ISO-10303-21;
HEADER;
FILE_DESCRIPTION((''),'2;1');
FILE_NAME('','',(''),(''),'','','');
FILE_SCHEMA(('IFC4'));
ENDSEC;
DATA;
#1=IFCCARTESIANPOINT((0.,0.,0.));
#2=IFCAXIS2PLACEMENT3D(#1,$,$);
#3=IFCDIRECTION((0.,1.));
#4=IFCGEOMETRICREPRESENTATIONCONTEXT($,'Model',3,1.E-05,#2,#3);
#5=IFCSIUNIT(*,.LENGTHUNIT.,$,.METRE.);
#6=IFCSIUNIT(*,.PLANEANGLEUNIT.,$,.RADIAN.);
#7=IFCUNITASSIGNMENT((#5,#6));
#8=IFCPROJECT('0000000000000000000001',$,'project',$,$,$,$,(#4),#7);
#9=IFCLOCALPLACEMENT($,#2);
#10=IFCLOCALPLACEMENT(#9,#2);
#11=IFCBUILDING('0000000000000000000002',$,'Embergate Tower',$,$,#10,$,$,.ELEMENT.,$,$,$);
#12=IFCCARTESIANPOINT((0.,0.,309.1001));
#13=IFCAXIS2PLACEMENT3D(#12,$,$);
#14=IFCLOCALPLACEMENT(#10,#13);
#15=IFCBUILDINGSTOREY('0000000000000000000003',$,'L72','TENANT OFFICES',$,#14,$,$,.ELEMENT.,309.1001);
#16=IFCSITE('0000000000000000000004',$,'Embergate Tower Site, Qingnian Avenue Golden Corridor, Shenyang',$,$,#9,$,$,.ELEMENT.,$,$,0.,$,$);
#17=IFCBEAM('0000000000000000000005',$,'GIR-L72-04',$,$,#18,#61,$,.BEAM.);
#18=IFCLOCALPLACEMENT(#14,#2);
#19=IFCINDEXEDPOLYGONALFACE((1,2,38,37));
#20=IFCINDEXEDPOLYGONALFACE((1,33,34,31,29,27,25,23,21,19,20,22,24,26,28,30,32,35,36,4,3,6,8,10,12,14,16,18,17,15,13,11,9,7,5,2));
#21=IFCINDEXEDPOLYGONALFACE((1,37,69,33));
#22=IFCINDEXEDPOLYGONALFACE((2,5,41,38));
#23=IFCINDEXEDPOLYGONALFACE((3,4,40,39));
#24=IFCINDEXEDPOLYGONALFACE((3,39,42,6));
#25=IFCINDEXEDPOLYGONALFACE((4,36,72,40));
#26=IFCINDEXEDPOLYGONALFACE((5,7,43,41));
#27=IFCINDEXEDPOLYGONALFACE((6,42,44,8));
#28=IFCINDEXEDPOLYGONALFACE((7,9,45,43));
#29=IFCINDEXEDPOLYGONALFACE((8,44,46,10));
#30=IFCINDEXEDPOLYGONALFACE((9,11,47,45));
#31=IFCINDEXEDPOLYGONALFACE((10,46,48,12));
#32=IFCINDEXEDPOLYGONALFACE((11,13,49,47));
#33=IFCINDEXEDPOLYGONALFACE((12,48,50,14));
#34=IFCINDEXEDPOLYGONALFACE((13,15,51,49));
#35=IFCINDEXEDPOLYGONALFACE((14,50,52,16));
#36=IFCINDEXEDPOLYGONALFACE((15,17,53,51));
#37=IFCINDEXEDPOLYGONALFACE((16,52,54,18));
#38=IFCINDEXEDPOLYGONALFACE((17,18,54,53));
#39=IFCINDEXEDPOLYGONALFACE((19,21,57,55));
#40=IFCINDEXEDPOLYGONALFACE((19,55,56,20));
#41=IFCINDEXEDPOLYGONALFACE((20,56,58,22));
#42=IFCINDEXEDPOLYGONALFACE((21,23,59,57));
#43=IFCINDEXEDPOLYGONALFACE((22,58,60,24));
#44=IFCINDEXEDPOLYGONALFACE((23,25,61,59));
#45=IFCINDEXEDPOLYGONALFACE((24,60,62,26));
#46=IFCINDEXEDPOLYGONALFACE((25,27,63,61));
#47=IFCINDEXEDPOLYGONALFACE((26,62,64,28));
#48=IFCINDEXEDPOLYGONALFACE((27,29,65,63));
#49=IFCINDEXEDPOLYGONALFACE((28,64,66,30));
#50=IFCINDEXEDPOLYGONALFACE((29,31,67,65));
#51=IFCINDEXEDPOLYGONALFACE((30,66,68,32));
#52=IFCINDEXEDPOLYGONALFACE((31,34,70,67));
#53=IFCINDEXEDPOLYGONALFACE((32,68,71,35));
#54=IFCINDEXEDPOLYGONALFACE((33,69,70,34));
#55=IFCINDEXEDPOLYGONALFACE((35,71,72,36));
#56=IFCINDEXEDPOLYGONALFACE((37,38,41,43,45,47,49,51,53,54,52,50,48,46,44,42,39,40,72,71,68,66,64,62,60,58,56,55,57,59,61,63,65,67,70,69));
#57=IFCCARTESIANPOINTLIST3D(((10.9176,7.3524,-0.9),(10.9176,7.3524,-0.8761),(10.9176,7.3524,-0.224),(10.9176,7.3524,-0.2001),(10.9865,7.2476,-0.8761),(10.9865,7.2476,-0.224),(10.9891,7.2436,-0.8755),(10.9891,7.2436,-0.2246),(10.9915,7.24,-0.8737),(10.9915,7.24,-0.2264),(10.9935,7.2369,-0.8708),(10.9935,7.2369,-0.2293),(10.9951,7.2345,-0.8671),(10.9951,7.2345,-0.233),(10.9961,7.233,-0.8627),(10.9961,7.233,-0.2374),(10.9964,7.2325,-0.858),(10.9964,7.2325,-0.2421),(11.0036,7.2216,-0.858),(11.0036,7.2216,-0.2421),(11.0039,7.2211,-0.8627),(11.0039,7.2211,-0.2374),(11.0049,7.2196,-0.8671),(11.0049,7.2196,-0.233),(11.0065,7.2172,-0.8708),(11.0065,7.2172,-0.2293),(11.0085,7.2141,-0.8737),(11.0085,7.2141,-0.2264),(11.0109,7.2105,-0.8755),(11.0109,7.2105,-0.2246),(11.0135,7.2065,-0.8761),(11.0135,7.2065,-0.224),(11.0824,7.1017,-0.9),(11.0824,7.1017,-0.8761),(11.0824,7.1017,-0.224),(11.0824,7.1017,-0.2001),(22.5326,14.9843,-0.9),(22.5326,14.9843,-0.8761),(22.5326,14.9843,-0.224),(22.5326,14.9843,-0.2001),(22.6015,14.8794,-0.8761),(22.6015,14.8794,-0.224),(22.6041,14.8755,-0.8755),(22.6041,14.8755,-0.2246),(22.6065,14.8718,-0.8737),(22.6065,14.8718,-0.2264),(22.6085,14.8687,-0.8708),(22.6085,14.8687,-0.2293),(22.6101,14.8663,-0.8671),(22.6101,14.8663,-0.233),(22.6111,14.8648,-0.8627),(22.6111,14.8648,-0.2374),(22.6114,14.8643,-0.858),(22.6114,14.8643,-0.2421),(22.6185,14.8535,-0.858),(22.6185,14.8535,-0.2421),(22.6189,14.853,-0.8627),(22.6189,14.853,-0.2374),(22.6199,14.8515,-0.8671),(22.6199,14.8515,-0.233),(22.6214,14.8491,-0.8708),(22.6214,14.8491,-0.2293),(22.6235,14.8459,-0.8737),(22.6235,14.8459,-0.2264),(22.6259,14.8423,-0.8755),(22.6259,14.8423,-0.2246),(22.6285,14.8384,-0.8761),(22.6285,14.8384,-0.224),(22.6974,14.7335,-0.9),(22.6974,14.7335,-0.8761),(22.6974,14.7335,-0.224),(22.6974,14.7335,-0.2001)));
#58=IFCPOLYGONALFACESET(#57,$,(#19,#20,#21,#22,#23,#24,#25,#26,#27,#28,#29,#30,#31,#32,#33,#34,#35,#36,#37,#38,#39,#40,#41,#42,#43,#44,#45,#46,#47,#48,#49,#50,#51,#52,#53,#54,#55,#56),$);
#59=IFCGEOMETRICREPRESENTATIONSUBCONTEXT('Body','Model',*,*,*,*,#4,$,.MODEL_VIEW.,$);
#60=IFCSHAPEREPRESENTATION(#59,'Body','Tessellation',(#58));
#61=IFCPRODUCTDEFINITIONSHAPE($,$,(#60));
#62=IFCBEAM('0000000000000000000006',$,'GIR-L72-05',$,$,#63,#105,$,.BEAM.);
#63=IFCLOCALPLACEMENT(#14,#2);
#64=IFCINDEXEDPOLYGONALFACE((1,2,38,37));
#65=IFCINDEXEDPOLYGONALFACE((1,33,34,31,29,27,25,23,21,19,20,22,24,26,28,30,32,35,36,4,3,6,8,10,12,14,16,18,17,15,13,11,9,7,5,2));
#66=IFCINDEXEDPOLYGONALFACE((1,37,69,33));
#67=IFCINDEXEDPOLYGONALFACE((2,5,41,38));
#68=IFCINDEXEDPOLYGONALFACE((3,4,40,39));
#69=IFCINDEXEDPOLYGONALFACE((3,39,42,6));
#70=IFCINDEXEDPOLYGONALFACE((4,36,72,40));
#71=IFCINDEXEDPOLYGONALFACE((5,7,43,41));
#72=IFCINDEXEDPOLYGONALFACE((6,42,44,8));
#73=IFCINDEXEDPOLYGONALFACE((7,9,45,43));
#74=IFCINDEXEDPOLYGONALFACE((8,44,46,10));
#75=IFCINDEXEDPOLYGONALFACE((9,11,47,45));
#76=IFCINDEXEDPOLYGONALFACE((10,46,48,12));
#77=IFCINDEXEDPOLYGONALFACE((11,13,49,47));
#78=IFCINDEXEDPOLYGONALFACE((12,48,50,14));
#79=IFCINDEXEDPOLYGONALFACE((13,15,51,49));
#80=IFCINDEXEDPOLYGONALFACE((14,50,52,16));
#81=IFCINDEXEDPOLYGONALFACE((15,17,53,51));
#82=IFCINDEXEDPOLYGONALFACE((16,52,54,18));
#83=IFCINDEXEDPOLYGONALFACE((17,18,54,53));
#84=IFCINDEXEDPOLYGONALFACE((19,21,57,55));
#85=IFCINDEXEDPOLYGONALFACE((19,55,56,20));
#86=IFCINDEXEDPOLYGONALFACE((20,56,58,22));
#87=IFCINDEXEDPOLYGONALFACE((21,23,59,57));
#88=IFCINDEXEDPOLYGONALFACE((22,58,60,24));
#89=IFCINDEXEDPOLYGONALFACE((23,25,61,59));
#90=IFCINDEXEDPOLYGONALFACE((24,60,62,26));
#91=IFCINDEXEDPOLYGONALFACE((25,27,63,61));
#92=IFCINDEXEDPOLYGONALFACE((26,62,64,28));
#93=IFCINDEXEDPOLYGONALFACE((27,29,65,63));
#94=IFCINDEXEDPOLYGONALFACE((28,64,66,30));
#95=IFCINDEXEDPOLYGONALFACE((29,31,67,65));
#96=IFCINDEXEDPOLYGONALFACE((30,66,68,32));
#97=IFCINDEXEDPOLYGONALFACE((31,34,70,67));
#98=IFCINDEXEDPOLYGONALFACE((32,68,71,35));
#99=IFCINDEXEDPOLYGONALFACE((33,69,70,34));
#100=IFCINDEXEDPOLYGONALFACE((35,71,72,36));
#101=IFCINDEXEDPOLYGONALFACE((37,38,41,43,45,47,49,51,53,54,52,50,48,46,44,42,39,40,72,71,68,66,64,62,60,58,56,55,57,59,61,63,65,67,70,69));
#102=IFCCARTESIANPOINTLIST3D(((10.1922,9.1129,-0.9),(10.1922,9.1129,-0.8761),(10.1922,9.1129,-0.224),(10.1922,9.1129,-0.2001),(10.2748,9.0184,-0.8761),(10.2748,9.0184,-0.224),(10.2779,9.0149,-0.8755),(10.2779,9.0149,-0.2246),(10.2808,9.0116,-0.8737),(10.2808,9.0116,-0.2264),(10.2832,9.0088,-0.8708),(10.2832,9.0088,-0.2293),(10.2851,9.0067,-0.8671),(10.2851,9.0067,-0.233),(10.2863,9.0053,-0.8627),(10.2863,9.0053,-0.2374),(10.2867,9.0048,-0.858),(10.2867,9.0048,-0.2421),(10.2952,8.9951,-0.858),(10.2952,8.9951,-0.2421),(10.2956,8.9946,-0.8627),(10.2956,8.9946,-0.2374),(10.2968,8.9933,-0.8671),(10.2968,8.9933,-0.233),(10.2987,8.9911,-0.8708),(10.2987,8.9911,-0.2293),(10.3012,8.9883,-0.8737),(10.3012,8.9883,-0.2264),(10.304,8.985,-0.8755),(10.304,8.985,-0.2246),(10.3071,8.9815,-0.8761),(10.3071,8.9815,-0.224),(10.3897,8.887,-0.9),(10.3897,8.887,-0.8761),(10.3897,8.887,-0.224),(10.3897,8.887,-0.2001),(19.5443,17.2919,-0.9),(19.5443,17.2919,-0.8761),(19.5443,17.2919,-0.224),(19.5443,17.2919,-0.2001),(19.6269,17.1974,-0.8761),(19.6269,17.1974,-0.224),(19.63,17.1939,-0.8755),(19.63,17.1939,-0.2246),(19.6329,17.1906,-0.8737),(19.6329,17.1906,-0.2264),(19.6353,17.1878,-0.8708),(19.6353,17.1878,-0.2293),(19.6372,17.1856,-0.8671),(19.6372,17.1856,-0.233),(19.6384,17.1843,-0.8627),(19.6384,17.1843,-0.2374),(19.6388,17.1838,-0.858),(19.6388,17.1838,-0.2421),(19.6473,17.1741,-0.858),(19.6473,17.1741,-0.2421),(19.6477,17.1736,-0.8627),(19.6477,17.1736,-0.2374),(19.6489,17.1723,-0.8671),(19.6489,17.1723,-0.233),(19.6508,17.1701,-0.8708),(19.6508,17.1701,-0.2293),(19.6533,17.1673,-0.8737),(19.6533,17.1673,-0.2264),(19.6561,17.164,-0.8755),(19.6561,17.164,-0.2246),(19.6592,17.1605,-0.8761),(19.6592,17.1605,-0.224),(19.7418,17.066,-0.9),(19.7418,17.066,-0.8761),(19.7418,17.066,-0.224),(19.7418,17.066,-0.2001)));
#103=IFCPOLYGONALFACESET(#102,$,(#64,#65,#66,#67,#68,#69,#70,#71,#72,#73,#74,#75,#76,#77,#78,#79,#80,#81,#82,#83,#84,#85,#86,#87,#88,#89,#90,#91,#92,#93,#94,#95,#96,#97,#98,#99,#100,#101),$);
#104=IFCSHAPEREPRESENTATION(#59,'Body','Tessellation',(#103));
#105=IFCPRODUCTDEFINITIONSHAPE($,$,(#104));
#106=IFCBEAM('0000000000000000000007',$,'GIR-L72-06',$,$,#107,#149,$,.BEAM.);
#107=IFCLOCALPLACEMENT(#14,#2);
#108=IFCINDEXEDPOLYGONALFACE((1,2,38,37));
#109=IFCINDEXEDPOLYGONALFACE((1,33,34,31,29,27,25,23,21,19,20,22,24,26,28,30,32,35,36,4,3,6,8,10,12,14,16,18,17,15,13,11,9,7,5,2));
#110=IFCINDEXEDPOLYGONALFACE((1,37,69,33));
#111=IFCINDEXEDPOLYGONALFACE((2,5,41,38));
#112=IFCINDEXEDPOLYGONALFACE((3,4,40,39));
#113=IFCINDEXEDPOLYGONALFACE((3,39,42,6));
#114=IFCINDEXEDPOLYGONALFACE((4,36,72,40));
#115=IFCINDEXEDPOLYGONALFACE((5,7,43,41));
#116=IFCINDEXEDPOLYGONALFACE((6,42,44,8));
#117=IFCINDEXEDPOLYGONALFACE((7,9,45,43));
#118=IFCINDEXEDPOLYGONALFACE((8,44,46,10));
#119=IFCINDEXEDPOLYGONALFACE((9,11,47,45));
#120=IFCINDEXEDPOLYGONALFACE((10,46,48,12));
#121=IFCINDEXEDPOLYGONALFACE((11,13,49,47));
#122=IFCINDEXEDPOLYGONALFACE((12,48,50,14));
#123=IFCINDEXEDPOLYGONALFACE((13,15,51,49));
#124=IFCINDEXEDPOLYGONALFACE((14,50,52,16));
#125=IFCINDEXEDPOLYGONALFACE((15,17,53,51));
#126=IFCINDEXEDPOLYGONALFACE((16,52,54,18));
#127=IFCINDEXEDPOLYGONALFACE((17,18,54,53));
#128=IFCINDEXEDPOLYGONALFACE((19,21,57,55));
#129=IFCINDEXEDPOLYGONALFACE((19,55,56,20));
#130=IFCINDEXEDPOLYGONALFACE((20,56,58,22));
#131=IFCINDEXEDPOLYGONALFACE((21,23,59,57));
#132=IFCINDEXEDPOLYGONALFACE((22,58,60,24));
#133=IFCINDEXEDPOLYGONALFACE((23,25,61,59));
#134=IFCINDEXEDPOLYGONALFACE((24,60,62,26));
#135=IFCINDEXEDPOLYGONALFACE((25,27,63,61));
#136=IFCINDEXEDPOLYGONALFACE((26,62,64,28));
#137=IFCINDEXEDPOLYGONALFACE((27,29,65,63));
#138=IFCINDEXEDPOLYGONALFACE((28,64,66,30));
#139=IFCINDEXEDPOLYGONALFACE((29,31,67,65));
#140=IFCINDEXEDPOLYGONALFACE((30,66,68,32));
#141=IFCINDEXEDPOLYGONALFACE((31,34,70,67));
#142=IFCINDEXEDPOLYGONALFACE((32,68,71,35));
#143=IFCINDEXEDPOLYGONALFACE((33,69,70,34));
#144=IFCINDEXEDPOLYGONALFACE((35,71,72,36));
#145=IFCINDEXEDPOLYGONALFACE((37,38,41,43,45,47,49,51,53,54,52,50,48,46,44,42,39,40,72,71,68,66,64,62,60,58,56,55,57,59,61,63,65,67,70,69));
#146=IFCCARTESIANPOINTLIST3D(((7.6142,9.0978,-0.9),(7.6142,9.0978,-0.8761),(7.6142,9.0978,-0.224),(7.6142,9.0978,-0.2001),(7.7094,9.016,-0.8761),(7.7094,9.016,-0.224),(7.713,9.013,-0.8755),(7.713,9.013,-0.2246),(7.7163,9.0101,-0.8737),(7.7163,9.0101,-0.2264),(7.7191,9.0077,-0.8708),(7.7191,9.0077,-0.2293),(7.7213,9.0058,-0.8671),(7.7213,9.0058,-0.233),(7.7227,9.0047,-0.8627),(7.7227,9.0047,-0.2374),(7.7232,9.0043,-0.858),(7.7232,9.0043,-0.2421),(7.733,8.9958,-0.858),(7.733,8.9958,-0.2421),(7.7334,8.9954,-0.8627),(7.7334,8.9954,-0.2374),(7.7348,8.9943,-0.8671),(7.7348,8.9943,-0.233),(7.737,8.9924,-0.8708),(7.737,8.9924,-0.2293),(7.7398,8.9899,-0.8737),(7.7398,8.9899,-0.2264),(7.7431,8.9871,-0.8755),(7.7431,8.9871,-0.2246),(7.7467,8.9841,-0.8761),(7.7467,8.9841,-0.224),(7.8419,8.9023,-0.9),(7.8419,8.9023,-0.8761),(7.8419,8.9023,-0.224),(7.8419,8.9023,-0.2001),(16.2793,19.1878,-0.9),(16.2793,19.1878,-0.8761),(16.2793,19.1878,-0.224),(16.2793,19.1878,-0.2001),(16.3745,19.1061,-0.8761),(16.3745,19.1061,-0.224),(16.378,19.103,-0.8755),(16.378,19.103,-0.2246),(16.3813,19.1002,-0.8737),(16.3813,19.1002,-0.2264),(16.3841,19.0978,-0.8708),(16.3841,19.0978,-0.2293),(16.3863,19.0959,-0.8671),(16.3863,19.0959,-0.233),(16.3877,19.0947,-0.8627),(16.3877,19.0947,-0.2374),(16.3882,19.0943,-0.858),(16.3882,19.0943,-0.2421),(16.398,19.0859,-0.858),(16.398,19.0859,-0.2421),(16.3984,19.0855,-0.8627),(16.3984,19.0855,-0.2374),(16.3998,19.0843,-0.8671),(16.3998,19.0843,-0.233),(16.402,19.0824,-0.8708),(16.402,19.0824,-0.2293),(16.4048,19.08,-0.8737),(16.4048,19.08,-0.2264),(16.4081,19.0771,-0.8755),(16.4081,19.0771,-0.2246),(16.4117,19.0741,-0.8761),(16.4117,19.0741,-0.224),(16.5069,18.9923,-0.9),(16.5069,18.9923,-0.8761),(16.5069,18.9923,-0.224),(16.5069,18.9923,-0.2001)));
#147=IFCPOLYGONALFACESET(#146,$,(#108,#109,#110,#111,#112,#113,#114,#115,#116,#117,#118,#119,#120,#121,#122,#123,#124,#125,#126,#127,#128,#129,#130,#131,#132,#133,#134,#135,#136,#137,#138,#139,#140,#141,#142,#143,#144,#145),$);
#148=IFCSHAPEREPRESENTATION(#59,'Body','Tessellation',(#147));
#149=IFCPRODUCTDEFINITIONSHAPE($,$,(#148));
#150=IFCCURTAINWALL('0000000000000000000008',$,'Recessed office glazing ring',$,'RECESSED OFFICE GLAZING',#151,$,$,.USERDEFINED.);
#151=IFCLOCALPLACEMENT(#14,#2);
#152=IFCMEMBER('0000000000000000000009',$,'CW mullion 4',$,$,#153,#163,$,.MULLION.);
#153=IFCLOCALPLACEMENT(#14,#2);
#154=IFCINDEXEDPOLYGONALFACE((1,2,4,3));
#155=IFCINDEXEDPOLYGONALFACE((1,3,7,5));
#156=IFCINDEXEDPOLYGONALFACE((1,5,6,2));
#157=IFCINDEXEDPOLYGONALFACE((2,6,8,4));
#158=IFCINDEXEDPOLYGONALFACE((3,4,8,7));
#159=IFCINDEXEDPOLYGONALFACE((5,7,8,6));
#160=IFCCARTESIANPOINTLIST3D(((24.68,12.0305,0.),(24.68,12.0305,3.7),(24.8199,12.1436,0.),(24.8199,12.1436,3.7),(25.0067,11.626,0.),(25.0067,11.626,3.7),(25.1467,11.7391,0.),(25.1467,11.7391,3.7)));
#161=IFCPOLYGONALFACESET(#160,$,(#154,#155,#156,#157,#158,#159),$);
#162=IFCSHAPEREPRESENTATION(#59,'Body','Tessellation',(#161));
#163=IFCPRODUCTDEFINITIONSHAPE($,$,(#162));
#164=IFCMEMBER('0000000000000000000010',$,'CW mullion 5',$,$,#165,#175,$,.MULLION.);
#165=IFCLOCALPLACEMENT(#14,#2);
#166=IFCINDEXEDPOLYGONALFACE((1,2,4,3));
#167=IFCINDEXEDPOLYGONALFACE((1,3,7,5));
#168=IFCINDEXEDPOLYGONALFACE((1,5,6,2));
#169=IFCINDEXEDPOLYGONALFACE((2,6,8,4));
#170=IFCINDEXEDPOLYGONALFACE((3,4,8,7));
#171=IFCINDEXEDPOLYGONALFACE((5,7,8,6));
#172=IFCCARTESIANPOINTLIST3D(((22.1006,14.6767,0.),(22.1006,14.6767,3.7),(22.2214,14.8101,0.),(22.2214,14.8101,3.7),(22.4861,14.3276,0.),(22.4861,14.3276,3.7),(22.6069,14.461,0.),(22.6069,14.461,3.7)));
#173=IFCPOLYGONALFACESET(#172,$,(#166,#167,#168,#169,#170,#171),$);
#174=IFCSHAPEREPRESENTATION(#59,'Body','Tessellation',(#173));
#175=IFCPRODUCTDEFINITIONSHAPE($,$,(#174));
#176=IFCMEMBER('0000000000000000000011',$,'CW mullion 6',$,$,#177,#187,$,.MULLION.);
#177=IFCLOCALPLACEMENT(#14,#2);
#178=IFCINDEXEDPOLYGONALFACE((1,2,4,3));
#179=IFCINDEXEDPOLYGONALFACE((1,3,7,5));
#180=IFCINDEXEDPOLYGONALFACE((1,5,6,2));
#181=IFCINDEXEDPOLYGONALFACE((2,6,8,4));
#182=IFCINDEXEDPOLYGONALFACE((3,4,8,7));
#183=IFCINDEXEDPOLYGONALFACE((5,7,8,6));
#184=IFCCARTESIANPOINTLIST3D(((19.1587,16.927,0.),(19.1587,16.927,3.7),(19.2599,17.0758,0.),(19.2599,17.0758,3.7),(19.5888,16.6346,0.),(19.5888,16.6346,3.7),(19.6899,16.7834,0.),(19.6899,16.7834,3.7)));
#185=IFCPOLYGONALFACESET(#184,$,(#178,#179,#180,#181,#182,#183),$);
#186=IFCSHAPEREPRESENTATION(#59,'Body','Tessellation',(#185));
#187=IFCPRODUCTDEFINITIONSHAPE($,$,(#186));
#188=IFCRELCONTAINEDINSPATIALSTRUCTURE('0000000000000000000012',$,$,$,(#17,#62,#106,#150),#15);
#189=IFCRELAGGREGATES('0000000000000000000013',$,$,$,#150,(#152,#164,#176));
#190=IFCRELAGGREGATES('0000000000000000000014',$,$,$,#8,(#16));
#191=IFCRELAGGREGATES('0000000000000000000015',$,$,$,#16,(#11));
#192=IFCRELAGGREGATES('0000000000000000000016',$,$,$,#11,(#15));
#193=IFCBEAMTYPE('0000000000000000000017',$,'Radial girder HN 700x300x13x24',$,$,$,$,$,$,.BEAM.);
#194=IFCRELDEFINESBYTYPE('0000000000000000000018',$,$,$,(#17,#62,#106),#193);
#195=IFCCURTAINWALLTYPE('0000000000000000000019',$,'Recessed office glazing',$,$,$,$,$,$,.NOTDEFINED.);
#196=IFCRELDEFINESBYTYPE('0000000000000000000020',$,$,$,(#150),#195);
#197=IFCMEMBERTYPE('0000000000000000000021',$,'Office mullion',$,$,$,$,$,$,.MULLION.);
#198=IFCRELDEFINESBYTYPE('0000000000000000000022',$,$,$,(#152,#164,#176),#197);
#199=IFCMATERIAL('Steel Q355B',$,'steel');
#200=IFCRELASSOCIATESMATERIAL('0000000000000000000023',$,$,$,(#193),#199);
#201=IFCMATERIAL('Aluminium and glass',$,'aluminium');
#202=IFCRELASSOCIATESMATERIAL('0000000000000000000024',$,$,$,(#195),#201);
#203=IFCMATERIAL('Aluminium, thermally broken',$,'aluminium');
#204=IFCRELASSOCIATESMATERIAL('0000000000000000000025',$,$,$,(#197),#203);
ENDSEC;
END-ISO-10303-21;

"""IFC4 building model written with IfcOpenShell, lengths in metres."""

from ifc_helpers import new_model, si_unit, direction, frame, origin, origin_2d, place, context, subcontext, project, spatial, rectangle, i_section, extrude, source, transform, mapped, material, material_profile, profile_set, type_object, element, aggregate, save


model = new_model("IFC4")

# Units and contexts
model_context = context("Model", 3, precision=1e-05, world=origin(), true_north=direction((0.0, 1.0)))
body_context = subcontext(model_context, "Body", "Model", "MODEL_VIEW")
ifc_project = project(units=[si_unit("LENGTHUNIT", "METRE"), si_unit("PLANEANGLEUNIT", "RADIAN")], contexts=[model_context])

# Site, building, storey
site_placement = place(None, origin())
site = spatial("IfcSite", under=ifc_project, at=site_placement, Name="Embergate Tower Site, Qingnian Avenue Golden Corridor, Shenyang", CompositionType="ELEMENT", RefElevation=0.0)
building_placement = place(site_placement, origin())
building = spatial("IfcBuilding", under=site, at=building_placement, Name="Embergate Tower", CompositionType="ELEMENT")
storey_placement = place(building_placement, frame((0.0, 0.0, 309.1001)))
storey = spatial("IfcBuildingStorey", under=building, at=storey_placement, Name="L72", Description="TENANT OFFICES", CompositionType="ELEMENT", Elevation=309.1001)

# Beams
ifc_material_1 = material(Name="Steel Q355B", Category="steel")
ifc_material_profile_1 = material_profile(ifc_material_1, i_section(OverallWidth=0.3, OverallDepth=0.7, WebThickness=0.0129, FlangeThickness=0.0239, FilletRadius=0.0181, at=origin_2d()), Name="HN 700x300x13x24")
ifc_profile_set_1 = profile_set([ifc_material_profile_1], Name="Steel Q355 grade B")
beam_type_1 = type_object("IfcBeamType", Name="Radial girder HN 700x300x13x24", PredefinedType="BEAM", material=ifc_profile_set_1)
shared_shape_1 = source(origin(), body_context, "Body", "SweptSolid", [
    extrude(i_section(OverallWidth=0.3, OverallDepth=0.7, WebThickness=0.0129, FlangeThickness=0.0239, FilletRadius=0.0181, at=origin_2d()), origin(), (0.0, 0.0, 1.0), 13.8979),
])
beam_1_placement = place(storey_placement, frame((22.615, 14.8589, -0.55), z_axis=(-0.835734, -0.549134, 0.0), x_axis=(0.549134, -0.835734, 0.0)))
element("IfcBeam", 1, at=beam_1_placement, inside=storey, type_object=beam_type_1, Name="GIR-L72-04", PredefinedType="BEAM", context=body_context, shape_type="MappedRepresentation", body=[
    mapped(shared_shape_1, transform((0.0, 0.0, 0.0))),
])
shared_shape_2 = source(origin(), body_context, "Body", "SweptSolid", [
    extrude(i_section(OverallWidth=0.3, OverallDepth=0.7, WebThickness=0.0129, FlangeThickness=0.0239, FilletRadius=0.0181, at=origin_2d()), origin(), (0.0, 0.0, 1.0), 12.4241),
])
beam_2_placement = place(storey_placement, frame((19.6431, 17.179, -0.55), z_axis=(-0.75274, -0.658318, 0.0), x_axis=(0.658318, -0.75274, 0.0)))
element("IfcBeam", 2, at=beam_2_placement, inside=storey, type_object=beam_type_1, Name="GIR-L72-05", PredefinedType="BEAM", context=body_context, shape_type="MappedRepresentation", body=[
    mapped(shared_shape_2, transform((0.0, 0.0, 0.0))),
])
shared_shape_3 = source(origin(), body_context, "Body", "SweptSolid", [
    extrude(i_section(OverallWidth=0.3, OverallDepth=0.7, WebThickness=0.0129, FlangeThickness=0.0239, FilletRadius=0.0181, at=origin_2d()), origin(), (0.0, 0.0, 1.0), 13.3),
])
beam_3_placement = place(storey_placement, frame((16.3931, 19.0901, -0.55), z_axis=(-0.651502, -0.758647, 0.0), x_axis=(0.758647, -0.651502, 0.0)))
element("IfcBeam", 3, at=beam_3_placement, inside=storey, type_object=beam_type_1, Name="GIR-L72-06", PredefinedType="BEAM", context=body_context, shape_type="MappedRepresentation", body=[
    mapped(shared_shape_3, transform((0.0, 0.0, 0.0))),
])

# Curtain wall, members
ifc_material_2 = material(Name="Aluminium and glass", Category="aluminium")
curtain_wall_type = type_object("IfcCurtainWallType", Name="Recessed office glazing", PredefinedType="NOTDEFINED", material=ifc_material_2)
curtain_wall_placement = place(storey_placement, origin())
curtain_wall = element("IfcCurtainWall", 4, at=curtain_wall_placement, inside=storey, type_object=curtain_wall_type, Name="Recessed office glazing ring", ObjectType="RECESSED OFFICE GLAZING", PredefinedType="USERDEFINED")
ifc_material_3 = material(Name="Aluminium, thermally broken", Category="aluminium")
ifc_material_profile_2 = material_profile(ifc_material_3, rectangle(XDim=0.1799, YDim=0.52, at=origin_2d()), Name="AL 520x180")
ifc_profile_set_2 = profile_set([ifc_material_profile_2], Name="Aluminium, thermally broken")
member_type_1 = type_object("IfcMemberType", Name="Office mullion", PredefinedType="MULLION", material=ifc_profile_set_2)
shared_shape_4 = source(origin(), body_context, "Body", "SweptSolid", [
    extrude(rectangle(XDim=0.1799, YDim=0.52, at=origin_2d()), origin(), (0.0, 0.0, 1.0), 3.7),
])
member_1_placement = place(storey_placement, frame((24.9133, 11.8848, 0.0), z_axis=(0.0, 0.0, 1.0), x_axis=(-0.777864, -0.628433, 0.0)))
member_1 = element("IfcMember", 5, at=member_1_placement, type_object=member_type_1, Name="CW mullion 4", PredefinedType="MULLION", context=body_context, shape_type="MappedRepresentation", body=[
    mapped(shared_shape_4, transform((0.0, 0.0, 0.0))),
])
member_2_placement = place(storey_placement, frame((22.3538, 14.5688, 0.0), z_axis=(0.0, 0.0, 1.0), x_axis=(-0.67122, -0.741258, 0.0)))
member_2 = element("IfcMember", 6, at=member_2_placement, type_object=member_type_1, Name="CW mullion 5", PredefinedType="MULLION", context=body_context, shape_type="MappedRepresentation", body=[
    mapped(shared_shape_4, transform((0.0, 0.0, 0.0))),
])
member_3_placement = place(storey_placement, frame((19.4243, 16.8552, 0.0), z_axis=(0.0, 0.0, 1.0), x_axis=(-0.562213, -0.826992, 0.0)))
member_3 = element("IfcMember", 7, at=member_3_placement, type_object=member_type_1, Name="CW mullion 6", PredefinedType="MULLION", context=body_context, shape_type="MappedRepresentation", body=[
    mapped(shared_shape_4, transform((0.0, 0.0, 0.0))),
])
aggregate(curtain_wall, [member_1, member_2, member_3])

save(model, "model.ifc")
